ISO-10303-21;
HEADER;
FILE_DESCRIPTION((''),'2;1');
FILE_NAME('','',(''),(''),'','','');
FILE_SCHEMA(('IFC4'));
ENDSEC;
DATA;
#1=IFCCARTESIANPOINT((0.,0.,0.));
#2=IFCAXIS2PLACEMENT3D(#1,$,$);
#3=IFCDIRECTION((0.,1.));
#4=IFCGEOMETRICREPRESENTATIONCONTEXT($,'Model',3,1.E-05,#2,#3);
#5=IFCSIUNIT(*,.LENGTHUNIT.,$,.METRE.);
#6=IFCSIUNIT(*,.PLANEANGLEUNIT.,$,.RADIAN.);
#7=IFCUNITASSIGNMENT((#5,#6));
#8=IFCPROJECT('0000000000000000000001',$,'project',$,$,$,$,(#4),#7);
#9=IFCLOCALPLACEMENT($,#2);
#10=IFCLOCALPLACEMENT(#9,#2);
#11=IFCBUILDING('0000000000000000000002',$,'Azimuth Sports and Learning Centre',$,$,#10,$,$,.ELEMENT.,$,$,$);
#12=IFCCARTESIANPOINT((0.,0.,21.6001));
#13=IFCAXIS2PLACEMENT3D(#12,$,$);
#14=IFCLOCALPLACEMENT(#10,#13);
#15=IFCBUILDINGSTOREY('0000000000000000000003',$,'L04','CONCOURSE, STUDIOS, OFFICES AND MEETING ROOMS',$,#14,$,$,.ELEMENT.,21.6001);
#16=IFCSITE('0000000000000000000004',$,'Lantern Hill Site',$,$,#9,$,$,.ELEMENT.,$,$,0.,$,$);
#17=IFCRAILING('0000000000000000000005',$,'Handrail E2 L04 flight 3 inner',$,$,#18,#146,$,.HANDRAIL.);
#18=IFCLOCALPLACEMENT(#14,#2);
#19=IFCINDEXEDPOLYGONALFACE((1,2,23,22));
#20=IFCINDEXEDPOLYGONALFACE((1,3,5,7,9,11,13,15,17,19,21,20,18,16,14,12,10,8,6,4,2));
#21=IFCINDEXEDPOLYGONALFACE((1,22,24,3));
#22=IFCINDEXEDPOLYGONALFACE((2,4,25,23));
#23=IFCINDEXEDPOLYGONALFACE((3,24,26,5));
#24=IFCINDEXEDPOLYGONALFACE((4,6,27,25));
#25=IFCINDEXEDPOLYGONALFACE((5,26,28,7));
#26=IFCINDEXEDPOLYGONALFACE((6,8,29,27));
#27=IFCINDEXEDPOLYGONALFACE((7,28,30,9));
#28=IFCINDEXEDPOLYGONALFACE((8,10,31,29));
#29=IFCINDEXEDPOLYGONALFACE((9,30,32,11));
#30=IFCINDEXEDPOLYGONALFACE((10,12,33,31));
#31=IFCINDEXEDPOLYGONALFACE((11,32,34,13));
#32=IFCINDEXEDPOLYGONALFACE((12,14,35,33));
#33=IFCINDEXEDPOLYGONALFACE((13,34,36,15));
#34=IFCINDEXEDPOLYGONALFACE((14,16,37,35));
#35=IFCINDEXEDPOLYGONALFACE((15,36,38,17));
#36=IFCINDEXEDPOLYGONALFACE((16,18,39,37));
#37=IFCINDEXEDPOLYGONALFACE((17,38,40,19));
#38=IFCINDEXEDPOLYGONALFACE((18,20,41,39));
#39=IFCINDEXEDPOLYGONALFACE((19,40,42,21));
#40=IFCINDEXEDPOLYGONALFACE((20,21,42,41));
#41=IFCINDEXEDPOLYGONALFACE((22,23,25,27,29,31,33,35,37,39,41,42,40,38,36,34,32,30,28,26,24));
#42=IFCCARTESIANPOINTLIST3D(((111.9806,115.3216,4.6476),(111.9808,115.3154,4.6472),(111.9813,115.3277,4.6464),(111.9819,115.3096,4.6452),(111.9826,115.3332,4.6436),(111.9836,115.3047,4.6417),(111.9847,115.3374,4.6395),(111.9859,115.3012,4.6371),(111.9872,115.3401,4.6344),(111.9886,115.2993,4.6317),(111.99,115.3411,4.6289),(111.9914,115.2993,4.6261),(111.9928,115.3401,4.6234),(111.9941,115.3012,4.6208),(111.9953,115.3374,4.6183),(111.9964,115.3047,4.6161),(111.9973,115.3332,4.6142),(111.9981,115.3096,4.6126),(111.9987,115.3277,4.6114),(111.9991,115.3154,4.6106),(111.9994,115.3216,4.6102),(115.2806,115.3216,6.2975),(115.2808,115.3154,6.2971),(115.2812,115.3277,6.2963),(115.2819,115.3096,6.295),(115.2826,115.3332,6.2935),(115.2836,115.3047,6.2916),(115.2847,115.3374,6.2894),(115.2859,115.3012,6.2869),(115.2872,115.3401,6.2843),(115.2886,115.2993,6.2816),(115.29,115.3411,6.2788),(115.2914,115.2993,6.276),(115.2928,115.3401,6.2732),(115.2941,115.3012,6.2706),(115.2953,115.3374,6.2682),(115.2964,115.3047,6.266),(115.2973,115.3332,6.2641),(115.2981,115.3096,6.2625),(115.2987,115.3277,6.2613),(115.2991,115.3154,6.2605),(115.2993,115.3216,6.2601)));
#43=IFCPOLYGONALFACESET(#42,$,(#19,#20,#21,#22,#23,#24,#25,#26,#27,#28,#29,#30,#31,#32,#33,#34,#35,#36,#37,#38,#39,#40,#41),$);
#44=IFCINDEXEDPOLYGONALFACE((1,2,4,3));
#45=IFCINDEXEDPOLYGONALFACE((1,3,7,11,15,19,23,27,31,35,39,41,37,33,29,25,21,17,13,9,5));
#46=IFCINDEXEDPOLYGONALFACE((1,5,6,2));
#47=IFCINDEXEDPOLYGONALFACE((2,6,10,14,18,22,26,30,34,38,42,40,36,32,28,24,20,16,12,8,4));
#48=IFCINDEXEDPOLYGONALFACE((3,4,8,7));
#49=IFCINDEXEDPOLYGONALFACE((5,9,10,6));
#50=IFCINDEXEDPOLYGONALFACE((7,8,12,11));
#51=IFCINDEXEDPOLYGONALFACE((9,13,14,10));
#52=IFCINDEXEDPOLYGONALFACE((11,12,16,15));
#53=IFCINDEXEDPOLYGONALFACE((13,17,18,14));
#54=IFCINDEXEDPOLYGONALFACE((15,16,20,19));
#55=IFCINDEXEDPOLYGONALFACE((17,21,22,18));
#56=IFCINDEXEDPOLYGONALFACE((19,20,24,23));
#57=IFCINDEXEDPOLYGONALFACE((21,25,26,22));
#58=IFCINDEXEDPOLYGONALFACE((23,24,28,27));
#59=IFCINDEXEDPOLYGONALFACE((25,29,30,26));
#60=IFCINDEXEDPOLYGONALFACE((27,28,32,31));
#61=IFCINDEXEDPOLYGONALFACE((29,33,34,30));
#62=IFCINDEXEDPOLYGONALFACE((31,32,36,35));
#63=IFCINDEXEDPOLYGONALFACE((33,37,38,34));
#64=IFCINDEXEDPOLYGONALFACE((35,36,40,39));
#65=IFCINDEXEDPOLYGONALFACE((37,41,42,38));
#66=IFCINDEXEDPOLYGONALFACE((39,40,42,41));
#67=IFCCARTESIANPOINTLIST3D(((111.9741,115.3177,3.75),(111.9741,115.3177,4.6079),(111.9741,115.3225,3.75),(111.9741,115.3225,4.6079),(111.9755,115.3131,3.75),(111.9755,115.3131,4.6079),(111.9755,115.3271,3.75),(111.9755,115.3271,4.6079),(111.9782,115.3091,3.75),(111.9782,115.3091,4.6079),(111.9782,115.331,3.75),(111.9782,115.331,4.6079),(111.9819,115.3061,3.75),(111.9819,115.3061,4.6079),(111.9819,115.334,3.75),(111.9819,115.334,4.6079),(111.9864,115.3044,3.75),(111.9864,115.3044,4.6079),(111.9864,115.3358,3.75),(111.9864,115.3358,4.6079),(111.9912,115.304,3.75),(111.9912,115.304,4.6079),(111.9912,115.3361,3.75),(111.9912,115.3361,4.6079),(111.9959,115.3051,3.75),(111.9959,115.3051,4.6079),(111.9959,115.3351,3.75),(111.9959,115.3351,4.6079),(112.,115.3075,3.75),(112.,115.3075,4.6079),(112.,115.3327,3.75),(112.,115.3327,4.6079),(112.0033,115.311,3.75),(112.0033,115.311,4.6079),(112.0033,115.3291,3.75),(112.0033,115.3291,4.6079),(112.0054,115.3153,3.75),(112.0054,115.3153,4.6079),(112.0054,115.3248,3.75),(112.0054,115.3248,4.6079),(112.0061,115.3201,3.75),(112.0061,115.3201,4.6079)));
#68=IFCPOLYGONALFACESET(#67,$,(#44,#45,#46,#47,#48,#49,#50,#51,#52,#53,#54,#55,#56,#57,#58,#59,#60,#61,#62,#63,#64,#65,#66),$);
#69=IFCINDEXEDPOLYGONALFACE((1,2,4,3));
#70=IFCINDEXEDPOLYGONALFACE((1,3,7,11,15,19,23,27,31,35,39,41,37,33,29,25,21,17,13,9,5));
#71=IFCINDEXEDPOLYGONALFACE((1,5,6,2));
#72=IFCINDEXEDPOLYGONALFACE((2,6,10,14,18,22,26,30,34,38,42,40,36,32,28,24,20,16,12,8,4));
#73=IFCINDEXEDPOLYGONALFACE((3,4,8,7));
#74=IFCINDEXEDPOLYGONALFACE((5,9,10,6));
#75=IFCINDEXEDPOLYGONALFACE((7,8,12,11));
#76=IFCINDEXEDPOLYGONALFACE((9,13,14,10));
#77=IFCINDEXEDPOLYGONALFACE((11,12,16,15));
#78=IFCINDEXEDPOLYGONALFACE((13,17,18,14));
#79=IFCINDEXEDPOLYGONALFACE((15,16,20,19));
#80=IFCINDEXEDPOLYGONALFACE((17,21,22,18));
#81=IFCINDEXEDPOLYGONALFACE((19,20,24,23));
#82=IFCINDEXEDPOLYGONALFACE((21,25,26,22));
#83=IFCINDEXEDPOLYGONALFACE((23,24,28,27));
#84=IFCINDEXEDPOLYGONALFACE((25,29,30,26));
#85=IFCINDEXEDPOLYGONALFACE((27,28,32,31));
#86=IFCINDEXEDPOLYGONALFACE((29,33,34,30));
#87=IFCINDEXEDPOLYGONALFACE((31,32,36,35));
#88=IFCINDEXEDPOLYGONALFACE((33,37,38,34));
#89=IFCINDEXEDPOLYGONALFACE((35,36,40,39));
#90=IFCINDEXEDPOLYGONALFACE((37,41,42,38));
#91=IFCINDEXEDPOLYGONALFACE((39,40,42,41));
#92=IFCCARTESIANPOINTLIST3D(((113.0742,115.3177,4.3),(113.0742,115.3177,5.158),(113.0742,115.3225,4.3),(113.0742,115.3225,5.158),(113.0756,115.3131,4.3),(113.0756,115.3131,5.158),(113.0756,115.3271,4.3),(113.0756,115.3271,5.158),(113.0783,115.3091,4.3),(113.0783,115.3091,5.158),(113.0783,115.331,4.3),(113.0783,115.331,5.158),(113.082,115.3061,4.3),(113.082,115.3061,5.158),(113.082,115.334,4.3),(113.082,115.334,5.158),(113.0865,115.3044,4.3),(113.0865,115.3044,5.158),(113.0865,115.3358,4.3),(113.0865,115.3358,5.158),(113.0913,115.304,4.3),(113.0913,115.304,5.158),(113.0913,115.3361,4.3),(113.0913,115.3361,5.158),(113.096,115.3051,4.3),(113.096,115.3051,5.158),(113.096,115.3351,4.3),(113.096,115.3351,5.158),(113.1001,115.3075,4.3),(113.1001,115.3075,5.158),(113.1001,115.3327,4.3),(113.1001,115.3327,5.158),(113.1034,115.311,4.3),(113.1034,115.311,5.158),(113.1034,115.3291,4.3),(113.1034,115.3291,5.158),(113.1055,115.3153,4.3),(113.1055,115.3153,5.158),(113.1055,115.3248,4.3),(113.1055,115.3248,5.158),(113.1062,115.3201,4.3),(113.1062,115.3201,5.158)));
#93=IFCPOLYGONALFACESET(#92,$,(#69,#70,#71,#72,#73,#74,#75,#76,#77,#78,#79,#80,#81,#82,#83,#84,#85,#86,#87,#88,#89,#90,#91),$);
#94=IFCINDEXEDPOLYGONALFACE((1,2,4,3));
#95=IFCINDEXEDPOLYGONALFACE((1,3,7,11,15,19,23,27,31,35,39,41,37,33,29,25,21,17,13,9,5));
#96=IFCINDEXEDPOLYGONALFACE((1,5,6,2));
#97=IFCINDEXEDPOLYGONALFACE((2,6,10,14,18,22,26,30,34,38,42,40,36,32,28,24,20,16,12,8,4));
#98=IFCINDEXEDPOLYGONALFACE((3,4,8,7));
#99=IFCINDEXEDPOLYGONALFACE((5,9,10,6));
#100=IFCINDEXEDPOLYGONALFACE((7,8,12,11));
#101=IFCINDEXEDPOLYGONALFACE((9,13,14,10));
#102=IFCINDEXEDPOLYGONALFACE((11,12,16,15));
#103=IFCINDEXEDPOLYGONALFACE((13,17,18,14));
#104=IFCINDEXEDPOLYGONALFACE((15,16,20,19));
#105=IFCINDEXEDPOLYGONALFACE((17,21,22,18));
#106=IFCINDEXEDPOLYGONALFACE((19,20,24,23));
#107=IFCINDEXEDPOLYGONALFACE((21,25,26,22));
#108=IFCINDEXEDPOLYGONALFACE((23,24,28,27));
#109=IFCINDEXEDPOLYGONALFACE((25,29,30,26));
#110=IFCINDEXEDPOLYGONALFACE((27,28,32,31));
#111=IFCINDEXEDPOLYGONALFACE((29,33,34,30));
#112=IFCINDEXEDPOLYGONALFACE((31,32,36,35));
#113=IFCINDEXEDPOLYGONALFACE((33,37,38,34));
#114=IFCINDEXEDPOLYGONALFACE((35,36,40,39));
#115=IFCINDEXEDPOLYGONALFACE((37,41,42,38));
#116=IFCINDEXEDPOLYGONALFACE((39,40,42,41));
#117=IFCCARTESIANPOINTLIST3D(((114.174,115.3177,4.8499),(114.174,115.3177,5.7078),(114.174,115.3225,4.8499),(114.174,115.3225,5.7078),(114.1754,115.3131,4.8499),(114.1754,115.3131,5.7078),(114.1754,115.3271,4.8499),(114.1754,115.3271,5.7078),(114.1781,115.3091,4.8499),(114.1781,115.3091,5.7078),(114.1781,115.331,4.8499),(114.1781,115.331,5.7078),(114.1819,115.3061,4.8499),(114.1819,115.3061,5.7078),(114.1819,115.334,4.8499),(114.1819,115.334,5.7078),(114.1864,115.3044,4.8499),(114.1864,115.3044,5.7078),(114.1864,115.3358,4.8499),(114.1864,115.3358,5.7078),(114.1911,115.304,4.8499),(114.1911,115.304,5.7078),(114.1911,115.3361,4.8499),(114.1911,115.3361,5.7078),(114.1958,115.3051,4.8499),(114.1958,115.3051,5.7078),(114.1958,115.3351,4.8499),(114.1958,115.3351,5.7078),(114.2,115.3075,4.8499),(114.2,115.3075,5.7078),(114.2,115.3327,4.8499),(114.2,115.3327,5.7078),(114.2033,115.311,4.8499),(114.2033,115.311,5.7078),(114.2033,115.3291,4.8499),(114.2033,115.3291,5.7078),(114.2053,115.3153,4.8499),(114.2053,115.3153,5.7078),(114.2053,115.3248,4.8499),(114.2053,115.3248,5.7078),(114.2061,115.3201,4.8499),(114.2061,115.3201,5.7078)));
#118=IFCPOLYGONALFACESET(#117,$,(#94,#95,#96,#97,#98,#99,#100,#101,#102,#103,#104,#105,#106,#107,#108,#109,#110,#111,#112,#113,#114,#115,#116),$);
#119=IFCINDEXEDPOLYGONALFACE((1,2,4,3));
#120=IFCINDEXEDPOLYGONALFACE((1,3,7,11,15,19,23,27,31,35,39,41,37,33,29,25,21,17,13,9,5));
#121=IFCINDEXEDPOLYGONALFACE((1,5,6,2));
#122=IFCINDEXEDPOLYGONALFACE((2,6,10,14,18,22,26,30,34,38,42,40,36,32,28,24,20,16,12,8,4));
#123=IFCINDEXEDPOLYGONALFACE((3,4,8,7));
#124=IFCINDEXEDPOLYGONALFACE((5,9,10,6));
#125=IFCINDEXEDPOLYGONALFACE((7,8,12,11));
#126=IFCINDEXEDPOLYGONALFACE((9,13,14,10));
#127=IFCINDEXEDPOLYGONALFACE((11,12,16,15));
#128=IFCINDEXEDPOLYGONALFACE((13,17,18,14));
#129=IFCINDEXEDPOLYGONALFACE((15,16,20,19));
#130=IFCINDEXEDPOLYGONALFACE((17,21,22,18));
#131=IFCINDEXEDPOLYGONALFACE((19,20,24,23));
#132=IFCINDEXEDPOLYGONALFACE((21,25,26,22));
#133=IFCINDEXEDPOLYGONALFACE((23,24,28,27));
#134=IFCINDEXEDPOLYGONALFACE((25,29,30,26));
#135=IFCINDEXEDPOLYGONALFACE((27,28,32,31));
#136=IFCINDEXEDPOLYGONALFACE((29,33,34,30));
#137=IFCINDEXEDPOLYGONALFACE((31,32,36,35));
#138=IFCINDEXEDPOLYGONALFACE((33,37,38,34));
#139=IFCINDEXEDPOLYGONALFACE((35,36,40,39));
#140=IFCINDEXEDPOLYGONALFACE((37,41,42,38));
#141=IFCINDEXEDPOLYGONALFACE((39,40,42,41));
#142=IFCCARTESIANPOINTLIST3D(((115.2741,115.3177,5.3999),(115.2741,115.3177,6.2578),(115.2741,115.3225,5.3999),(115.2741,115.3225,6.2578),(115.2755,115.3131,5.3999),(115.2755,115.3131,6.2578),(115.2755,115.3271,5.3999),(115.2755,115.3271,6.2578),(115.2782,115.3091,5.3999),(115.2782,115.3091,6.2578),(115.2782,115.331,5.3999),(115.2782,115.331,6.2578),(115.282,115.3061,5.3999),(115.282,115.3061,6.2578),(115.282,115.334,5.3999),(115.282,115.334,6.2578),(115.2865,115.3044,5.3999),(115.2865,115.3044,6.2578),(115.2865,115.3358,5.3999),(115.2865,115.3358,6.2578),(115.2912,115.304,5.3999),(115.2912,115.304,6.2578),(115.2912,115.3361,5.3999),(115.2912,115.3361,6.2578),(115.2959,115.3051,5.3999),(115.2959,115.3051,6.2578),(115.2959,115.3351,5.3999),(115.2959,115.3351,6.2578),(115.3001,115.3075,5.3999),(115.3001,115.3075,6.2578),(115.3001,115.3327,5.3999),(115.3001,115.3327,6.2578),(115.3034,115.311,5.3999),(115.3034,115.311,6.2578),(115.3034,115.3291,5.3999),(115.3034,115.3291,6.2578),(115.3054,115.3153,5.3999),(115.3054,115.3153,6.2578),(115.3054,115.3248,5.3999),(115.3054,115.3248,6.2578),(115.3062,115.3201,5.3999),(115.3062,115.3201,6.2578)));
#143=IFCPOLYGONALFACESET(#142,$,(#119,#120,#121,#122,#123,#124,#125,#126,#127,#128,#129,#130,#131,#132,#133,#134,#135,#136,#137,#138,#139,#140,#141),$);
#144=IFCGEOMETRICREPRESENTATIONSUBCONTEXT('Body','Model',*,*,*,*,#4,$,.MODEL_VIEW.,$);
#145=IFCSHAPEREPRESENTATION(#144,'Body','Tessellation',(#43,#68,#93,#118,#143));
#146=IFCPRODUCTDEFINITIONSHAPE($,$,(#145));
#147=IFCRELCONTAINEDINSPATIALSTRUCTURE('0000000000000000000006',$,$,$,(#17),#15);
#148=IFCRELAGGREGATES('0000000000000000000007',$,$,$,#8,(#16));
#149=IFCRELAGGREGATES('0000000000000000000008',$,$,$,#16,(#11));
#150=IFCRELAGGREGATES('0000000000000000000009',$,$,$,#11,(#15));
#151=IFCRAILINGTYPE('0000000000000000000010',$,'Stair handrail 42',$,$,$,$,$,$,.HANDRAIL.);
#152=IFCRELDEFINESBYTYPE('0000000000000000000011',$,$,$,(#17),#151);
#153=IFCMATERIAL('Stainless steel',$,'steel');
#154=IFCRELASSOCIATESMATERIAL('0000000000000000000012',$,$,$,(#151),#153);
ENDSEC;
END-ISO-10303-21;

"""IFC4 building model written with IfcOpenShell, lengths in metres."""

from ifc_helpers import new_model, si_unit, direction, frame, origin, origin_2d, place, context, subcontext, project, spatial, circle, extrude, material, type_object, element, save


model = new_model("IFC4")

# Units and contexts
model_context = context("Model", 3, precision=1e-05, world=origin(), true_north=direction((0.0, 1.0)))
body_context = subcontext(model_context, "Body", "Model", "MODEL_VIEW")
ifc_project = project(units=[si_unit("LENGTHUNIT", "METRE"), si_unit("PLANEANGLEUNIT", "RADIAN")], contexts=[model_context])

# Site, building, storey
site_placement = place(None, origin())
site = spatial("IfcSite", under=ifc_project, at=site_placement, Name="Lantern Hill Site", CompositionType="ELEMENT", RefElevation=0.0)
building_placement = place(site_placement, origin())
building = spatial("IfcBuilding", under=site, at=building_placement, Name="Azimuth Sports and Learning Centre", CompositionType="ELEMENT")
storey_placement = place(building_placement, frame((0.0, 0.0, 21.6001)))
storey = spatial("IfcBuildingStorey", under=building, at=storey_placement, Name="L04", Description="CONCOURSE, STUDIOS, OFFICES AND MEETING ROOMS", CompositionType="ELEMENT", Elevation=21.6001)

# Railing
ifc_material_1 = material(Name="Stainless steel", Category="steel")
railing_type_1 = type_object("IfcRailingType", Name="Stair handrail 42", PredefinedType="HANDRAIL", material=ifc_material_1)
for number, where, name in (
    (1, (111.99, 115.3201, 3.75), "Handrail E2 L04 flight 3 inner"),
):
    element("IfcRailing", number, at=place(storey_placement, frame(where)), inside=storey, type_object=railing_type_1, Name=name, PredefinedType="HANDRAIL", context=body_context, shape_type="SweptSolid", body=[
        extrude(circle(Radius=0.021, at=origin_2d()), frame((0.0, 0.0, 0.8789), z_axis=(0.89444, 0.0, 0.447187), x_axis=(0.0, 1.0, 0.0)), (0.0, 0.0, 1.0), 3.6895),
        extrude(circle(Radius=0.0161, at=origin_2d()), origin(), (0.0, 0.0, 1.0), 0.8579),
        extrude(circle(Radius=0.0161, at=origin_2d()), frame((1.1001, 0.0, 0.55)), (0.0, 0.0, 1.0), 0.8579),
        extrude(circle(Radius=0.0161, at=origin_2d()), frame((2.2, 0.0, 1.0999)), (0.0, 0.0, 1.0), 0.8579),
        extrude(circle(Radius=0.0161, at=origin_2d()), frame((3.3, 0.0, 1.6499)), (0.0, 0.0, 1.0), 0.8579),
    ])

save(model, "model.ifc")
